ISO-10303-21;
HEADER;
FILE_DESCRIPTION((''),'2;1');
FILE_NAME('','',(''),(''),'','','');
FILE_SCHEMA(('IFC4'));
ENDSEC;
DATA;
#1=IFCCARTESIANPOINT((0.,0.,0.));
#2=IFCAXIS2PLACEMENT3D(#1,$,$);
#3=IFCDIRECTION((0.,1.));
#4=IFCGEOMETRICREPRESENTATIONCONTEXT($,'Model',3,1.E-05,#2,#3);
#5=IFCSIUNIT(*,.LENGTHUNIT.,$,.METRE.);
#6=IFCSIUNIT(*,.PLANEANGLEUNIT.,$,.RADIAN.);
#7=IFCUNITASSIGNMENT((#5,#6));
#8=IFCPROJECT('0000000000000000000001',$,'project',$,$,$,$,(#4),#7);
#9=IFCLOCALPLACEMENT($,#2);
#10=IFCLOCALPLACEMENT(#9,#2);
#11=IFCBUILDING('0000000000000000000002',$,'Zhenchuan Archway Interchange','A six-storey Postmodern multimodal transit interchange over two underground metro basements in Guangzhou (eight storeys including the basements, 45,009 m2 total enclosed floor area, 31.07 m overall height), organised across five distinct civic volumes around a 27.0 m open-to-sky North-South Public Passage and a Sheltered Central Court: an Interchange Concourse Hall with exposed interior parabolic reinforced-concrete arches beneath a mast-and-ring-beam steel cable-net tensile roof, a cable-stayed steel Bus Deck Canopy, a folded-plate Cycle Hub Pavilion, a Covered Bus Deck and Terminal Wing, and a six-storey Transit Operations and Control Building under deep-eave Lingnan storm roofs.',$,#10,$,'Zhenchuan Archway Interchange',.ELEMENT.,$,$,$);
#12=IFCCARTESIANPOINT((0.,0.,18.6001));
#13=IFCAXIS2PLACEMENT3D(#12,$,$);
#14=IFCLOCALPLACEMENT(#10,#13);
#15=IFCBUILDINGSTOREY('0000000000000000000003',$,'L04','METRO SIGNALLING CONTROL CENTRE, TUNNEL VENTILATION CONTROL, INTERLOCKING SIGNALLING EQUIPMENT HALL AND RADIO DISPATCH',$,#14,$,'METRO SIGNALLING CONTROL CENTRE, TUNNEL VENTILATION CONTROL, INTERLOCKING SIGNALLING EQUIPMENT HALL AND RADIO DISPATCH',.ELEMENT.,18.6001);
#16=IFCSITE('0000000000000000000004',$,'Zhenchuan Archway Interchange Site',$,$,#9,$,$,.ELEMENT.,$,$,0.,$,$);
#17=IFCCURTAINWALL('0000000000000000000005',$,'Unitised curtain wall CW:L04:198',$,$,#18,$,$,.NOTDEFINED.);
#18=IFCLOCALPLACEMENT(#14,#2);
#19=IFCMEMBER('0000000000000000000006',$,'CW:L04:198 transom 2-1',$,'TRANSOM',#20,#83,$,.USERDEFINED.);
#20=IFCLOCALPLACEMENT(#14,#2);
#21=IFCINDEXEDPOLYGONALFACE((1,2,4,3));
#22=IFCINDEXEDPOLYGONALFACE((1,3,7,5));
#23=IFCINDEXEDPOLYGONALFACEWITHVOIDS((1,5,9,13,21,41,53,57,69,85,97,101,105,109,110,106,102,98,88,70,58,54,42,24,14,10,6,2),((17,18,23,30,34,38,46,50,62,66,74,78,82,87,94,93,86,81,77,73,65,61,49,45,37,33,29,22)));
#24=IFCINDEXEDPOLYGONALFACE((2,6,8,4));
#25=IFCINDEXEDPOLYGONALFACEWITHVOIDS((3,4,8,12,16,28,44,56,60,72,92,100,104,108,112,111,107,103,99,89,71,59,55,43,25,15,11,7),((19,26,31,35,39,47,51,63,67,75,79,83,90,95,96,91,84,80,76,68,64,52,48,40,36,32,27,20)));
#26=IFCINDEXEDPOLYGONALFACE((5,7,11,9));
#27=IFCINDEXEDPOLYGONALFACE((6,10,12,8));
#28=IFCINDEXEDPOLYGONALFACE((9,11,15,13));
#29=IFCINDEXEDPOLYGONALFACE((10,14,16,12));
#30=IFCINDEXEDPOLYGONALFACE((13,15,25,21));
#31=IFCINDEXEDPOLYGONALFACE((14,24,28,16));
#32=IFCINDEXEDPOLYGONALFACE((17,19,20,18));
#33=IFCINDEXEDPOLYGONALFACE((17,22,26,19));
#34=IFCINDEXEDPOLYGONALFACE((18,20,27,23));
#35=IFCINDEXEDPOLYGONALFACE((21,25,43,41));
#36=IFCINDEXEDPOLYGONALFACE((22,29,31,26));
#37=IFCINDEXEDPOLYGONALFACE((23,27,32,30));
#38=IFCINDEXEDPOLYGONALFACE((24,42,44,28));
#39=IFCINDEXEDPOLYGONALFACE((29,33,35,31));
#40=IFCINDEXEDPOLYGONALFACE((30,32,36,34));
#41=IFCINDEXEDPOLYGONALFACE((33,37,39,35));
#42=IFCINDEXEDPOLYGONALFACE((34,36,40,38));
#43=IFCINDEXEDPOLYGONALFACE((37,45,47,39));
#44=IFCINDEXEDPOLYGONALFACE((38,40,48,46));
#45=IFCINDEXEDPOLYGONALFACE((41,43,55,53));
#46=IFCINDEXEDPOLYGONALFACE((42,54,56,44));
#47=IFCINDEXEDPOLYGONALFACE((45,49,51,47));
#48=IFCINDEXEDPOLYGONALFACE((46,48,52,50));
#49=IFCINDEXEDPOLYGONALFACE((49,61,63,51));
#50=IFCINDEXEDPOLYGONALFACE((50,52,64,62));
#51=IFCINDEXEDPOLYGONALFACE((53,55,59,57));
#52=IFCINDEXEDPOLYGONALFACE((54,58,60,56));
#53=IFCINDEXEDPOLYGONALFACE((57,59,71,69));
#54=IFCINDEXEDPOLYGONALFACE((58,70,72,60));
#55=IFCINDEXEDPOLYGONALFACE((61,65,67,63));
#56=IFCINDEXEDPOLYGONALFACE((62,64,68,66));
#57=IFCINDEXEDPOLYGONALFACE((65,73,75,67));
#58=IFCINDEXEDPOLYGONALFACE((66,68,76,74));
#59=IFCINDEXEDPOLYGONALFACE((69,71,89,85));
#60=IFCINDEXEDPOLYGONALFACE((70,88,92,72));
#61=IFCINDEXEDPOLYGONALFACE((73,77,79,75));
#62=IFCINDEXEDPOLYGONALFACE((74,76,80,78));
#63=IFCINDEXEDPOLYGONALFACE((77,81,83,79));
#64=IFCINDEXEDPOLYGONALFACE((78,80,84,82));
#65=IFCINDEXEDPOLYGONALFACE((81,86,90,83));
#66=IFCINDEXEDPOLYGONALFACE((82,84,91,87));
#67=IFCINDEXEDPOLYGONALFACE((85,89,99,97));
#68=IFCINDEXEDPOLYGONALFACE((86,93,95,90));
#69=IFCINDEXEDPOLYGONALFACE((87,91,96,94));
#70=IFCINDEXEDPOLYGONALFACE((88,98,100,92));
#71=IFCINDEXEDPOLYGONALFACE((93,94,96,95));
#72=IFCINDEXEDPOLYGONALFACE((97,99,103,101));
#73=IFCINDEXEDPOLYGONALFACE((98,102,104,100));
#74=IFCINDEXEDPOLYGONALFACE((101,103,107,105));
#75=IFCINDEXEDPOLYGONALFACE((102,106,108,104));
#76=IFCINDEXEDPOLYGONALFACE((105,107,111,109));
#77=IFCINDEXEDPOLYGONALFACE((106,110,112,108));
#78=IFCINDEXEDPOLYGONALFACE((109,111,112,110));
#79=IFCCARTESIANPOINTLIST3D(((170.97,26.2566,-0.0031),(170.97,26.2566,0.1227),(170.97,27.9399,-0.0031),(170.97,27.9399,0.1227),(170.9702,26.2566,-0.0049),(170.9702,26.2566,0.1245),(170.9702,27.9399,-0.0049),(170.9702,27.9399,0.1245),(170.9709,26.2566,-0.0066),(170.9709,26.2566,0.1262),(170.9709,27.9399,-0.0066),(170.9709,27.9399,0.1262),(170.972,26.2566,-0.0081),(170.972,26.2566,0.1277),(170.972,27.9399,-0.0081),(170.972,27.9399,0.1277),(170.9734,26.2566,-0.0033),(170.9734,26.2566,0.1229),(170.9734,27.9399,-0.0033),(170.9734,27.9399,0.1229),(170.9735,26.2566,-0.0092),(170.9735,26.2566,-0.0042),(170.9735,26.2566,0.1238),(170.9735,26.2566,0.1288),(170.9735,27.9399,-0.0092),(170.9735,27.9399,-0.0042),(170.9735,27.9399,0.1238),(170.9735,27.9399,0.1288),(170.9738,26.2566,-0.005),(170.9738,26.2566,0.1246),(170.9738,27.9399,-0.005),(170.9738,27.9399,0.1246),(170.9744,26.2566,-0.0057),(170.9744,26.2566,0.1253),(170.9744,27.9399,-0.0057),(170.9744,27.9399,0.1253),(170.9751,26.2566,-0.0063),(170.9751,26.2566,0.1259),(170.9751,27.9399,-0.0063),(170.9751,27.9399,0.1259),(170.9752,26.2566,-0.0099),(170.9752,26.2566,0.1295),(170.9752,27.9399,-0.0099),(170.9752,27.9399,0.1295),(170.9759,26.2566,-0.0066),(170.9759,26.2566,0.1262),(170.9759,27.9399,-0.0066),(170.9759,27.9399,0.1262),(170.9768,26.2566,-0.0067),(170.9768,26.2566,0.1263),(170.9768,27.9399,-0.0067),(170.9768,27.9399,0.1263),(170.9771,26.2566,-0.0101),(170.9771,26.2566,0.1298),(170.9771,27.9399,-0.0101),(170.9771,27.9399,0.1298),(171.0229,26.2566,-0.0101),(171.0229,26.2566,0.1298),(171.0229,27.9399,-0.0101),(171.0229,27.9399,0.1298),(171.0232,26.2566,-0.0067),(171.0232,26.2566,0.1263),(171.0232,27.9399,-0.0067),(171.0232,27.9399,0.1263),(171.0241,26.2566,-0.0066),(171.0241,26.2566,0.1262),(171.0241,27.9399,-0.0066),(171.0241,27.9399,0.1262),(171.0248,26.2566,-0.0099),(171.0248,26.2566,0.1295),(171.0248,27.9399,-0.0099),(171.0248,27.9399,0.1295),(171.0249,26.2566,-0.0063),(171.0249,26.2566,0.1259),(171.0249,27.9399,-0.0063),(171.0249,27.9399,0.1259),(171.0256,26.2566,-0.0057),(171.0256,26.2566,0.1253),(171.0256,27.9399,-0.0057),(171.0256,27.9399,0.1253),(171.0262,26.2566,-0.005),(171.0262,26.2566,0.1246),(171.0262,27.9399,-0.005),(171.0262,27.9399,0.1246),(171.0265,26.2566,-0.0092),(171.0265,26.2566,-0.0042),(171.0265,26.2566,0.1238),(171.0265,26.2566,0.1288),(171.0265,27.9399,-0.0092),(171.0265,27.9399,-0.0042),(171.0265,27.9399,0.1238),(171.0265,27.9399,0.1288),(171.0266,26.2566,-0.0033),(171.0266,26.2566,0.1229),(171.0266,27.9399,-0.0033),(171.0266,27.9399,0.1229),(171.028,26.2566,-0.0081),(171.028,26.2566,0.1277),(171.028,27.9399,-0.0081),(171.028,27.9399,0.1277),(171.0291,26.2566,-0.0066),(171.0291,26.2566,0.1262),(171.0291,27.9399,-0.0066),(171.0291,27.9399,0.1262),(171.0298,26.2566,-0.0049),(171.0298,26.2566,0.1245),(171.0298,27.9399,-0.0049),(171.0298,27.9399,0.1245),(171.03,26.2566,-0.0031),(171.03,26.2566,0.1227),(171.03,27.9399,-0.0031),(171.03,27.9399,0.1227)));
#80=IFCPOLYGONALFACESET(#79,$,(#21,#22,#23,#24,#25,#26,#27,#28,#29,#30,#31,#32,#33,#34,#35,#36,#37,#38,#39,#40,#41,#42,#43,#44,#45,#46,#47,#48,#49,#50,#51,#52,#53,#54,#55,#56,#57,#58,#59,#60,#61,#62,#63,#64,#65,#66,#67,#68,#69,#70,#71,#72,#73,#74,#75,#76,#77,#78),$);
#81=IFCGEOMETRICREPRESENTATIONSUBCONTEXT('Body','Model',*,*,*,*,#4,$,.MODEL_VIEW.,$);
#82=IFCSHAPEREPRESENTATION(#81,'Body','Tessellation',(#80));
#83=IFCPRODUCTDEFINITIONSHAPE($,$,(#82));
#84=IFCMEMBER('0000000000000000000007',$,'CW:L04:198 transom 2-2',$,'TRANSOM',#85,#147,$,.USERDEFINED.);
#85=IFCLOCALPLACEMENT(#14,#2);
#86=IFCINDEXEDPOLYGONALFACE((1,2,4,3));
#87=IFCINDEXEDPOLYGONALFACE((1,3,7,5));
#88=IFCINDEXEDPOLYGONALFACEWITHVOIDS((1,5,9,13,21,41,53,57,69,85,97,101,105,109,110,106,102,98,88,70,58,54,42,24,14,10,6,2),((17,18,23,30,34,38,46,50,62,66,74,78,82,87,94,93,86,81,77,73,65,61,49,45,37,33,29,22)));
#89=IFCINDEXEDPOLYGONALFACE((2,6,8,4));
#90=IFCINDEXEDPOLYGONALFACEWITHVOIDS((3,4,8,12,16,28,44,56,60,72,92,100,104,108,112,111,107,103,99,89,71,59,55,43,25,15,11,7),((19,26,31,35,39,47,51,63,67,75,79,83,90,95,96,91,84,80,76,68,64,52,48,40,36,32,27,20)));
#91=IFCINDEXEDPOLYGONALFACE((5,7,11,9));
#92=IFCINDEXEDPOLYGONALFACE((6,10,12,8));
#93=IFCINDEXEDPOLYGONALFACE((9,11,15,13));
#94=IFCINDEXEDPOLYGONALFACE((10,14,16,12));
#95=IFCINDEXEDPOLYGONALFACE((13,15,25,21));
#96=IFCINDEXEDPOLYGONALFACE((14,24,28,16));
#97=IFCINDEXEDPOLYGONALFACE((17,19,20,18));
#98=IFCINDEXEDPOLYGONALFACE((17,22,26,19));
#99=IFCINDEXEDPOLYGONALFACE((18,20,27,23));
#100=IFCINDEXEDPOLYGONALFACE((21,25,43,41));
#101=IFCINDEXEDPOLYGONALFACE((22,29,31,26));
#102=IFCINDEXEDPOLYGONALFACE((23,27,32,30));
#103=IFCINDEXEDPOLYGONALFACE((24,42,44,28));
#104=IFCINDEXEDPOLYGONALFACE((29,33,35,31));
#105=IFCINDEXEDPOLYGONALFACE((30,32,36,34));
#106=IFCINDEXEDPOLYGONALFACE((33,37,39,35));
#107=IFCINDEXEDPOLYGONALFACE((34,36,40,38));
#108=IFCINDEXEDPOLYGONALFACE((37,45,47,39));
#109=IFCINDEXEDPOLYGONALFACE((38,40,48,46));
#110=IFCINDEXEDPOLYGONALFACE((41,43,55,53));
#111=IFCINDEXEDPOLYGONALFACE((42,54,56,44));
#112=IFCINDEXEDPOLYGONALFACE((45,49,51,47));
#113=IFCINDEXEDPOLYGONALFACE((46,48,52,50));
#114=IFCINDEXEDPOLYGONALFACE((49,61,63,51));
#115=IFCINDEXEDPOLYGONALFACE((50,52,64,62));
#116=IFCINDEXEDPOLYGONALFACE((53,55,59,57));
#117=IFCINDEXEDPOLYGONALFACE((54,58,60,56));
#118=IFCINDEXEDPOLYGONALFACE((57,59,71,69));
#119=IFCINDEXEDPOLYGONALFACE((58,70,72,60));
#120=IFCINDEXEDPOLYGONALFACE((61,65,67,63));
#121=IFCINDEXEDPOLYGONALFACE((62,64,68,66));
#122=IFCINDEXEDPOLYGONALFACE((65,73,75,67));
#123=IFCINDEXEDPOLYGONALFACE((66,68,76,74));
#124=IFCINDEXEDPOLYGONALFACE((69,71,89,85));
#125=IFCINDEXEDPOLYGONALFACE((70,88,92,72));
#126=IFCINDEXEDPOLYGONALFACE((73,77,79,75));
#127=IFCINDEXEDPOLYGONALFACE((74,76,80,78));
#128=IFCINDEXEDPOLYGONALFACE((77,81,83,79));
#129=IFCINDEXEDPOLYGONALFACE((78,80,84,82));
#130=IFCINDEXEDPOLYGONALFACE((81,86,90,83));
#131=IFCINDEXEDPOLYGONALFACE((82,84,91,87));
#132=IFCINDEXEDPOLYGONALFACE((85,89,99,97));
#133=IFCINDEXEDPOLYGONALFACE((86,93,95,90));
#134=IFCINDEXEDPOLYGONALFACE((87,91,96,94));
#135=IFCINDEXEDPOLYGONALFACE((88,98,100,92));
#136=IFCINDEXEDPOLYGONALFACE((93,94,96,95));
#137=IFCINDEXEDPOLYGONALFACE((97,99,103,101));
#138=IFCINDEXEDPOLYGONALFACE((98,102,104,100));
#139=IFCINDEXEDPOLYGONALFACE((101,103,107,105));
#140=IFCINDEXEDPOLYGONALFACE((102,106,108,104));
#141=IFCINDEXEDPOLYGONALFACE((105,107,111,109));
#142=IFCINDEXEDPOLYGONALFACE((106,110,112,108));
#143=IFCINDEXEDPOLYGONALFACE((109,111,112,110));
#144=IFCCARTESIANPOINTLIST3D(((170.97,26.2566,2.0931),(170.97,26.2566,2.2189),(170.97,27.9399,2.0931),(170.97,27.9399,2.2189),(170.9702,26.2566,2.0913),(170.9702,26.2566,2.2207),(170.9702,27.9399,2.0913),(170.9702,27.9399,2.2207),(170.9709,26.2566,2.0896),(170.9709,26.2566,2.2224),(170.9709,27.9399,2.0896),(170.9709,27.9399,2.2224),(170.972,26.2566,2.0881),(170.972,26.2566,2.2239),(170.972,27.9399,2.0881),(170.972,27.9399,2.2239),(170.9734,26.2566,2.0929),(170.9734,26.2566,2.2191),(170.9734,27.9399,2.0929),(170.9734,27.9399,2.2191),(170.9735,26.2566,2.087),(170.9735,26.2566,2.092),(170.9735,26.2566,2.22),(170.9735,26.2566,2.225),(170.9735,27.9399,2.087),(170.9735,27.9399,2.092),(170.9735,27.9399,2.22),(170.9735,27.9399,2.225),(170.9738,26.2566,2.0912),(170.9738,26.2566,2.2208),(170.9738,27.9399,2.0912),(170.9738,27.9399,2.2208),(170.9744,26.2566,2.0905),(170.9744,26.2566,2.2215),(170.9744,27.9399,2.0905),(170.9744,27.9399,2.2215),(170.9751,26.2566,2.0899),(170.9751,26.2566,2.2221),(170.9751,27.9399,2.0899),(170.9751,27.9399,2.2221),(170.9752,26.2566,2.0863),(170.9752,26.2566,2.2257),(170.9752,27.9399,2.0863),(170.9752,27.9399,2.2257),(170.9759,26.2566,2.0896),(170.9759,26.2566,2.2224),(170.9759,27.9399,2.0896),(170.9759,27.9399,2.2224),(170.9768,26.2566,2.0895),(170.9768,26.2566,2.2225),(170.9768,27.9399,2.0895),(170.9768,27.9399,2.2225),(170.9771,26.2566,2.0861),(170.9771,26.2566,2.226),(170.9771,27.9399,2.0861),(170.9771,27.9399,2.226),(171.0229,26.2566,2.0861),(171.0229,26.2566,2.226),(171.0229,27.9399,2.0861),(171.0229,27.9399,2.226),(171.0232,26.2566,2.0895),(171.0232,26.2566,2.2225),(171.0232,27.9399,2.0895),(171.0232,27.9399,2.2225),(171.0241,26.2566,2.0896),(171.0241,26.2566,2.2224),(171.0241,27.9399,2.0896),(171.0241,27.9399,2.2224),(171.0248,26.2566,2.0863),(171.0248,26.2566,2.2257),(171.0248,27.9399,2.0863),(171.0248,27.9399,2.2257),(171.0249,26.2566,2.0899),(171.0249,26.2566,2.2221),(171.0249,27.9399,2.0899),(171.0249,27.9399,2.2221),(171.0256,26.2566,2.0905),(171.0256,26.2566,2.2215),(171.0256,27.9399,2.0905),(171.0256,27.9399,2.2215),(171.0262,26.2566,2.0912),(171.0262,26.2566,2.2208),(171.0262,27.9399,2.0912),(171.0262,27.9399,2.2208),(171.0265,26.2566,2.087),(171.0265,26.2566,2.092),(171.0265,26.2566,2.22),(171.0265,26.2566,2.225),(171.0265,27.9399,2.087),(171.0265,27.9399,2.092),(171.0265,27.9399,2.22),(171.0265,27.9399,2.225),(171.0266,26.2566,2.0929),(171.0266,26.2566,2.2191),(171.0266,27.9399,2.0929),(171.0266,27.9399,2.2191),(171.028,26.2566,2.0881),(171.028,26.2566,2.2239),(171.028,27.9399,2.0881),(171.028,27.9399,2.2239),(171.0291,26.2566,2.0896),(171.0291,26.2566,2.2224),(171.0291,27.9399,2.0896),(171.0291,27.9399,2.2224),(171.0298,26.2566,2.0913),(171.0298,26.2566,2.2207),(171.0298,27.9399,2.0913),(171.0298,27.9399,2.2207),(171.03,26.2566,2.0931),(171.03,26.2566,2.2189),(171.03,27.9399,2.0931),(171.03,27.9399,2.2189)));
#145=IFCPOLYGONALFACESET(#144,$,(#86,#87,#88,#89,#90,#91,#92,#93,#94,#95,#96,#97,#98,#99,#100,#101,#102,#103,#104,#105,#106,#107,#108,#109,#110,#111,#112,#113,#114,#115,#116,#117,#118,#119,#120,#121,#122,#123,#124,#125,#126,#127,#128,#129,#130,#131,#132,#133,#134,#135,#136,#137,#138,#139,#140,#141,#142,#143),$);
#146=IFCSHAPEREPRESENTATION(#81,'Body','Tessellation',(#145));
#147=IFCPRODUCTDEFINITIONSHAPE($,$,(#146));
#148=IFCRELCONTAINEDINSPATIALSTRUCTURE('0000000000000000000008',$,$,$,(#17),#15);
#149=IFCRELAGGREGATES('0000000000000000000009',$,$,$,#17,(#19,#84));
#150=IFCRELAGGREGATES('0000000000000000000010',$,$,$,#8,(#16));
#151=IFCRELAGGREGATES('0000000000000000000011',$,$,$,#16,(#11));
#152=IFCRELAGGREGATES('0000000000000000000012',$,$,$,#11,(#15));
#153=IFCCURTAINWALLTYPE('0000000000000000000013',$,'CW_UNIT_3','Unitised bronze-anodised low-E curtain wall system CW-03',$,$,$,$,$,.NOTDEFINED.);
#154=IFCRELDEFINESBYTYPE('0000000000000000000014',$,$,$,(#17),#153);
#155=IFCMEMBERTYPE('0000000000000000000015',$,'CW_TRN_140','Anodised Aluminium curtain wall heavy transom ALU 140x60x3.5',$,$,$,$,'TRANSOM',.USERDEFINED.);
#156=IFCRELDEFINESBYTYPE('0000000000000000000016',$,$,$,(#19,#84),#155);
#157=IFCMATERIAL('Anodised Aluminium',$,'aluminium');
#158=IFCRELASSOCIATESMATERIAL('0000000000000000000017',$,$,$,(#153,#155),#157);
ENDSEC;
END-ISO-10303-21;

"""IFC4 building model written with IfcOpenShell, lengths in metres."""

from ifc_helpers import new_model, si_unit, direction, frame, origin, origin_2d, place, context, subcontext, project, spatial, hollow_rectangle, extrude, material, material_profile, profile_set, type_object, element, aggregate, save


model = new_model("IFC4")

# Units and contexts
model_context = context("Model", 3, precision=1e-05, world=origin(), true_north=direction((0.0, 1.0)))
body_context = subcontext(model_context, "Body", "Model", "MODEL_VIEW")
ifc_project = project(units=[si_unit("LENGTHUNIT", "METRE"), si_unit("PLANEANGLEUNIT", "RADIAN")], contexts=[model_context])

# Site, building, storey
site_placement = place(None, origin())
site = spatial("IfcSite", under=ifc_project, at=site_placement, Name="Zhenchuan Archway Interchange Site", CompositionType="ELEMENT", RefElevation=0.0)
building_placement = place(site_placement, origin())
building = spatial("IfcBuilding", under=site, at=building_placement, Name="Zhenchuan Archway Interchange", Description="A six-storey Postmodern multimodal transit interchange over two underground metro basements in Guangzhou (eight storeys including the basements, 45,009 m2 total enclosed floor area, 31.07 m overall height), organised across five distinct civic volumes around a 27.0 m open-to-sky North-South Public Passage and a Sheltered Central Court: an Interchange Concourse Hall with exposed interior parabolic reinforced-concrete arches beneath a mast-and-ring-beam steel cable-net tensile roof, a cable-stayed steel Bus Deck Canopy, a folded-plate Cycle Hub Pavilion, a Covered Bus Deck and Terminal Wing, and a six-storey Transit Operations and Control Building under deep-eave Lingnan storm roofs.", LongName="Zhenchuan Archway Interchange", CompositionType="ELEMENT")
storey_placement = place(building_placement, frame((0.0, 0.0, 18.6001)))
storey = spatial("IfcBuildingStorey", under=building, at=storey_placement, Name="L04", Description="METRO SIGNALLING CONTROL CENTRE, TUNNEL VENTILATION CONTROL, INTERLOCKING SIGNALLING EQUIPMENT HALL AND RADIO DISPATCH", LongName="METRO SIGNALLING CONTROL CENTRE, TUNNEL VENTILATION CONTROL, INTERLOCKING SIGNALLING EQUIPMENT HALL AND RADIO DISPATCH", CompositionType="ELEMENT", Elevation=18.6001)

# Curtain wall, members
ifc_material_1 = material(Name="Anodised Aluminium", Category="aluminium")
curtain_wall_type = type_object("IfcCurtainWallType", Name="CW_UNIT_3", Description="Unitised bronze-anodised low-E curtain wall system CW-03", PredefinedType="NOTDEFINED", material=ifc_material_1)
curtain_wall_placement = place(storey_placement, origin())
curtain_wall = element("IfcCurtainWall", 1, at=curtain_wall_placement, inside=storey, type_object=curtain_wall_type, Name="Unitised curtain wall CW:L04:198", PredefinedType="NOTDEFINED")
ifc_material_profile_1 = material_profile(ifc_material_1, hollow_rectangle(XDim=0.0601, YDim=0.1399, WallThickness=0.0034, InnerFilletRadius=0.0034, OuterFilletRadius=0.0071, at=origin_2d()), Name="ALU 140x60x3.5")
ifc_profile_set_1 = profile_set([ifc_material_profile_1], Name="Anodised Aluminium")
member_type_1 = type_object("IfcMemberType", Name="CW_TRN_140", Description="Anodised Aluminium curtain wall heavy transom ALU 140x60x3.5", ElementType="TRANSOM", PredefinedType="USERDEFINED", material=ifc_profile_set_1)
member_1_placement = place(storey_placement, frame((171.0, 27.9399, 0.0598), z_axis=(0.0, -1.0, 0.0), x_axis=(1.0, 0.0, 0.0)))
member_1 = element("IfcMember", 2, at=member_1_placement, type_object=member_type_1, Name="CW:L04:198 transom 2-1", ObjectType="TRANSOM", PredefinedType="USERDEFINED", context=body_context, shape_type="SweptSolid", body=[
    extrude(hollow_rectangle(XDim=0.0601, YDim=0.1399, WallThickness=0.0034, InnerFilletRadius=0.0034, OuterFilletRadius=0.0071, at=origin_2d()), origin(), (0.0, 0.0, 1.0), 1.6833),
])
member_2_placement = place(storey_placement, frame((171.0, 27.9399, 2.156), z_axis=(0.0, -1.0, 0.0), x_axis=(1.0, 0.0, 0.0)))
member_2 = element("IfcMember", 3, at=member_2_placement, type_object=member_type_1, Name="CW:L04:198 transom 2-2", ObjectType="TRANSOM", PredefinedType="USERDEFINED", context=body_context, shape_type="SweptSolid", body=[
    extrude(hollow_rectangle(XDim=0.0601, YDim=0.1399, WallThickness=0.0034, InnerFilletRadius=0.0034, OuterFilletRadius=0.0071, at=origin_2d()), origin(), (0.0, 0.0, 1.0), 1.6833),
])

aggregate(curtain_wall, [member_1, member_2])

save(model, "model.ifc")
